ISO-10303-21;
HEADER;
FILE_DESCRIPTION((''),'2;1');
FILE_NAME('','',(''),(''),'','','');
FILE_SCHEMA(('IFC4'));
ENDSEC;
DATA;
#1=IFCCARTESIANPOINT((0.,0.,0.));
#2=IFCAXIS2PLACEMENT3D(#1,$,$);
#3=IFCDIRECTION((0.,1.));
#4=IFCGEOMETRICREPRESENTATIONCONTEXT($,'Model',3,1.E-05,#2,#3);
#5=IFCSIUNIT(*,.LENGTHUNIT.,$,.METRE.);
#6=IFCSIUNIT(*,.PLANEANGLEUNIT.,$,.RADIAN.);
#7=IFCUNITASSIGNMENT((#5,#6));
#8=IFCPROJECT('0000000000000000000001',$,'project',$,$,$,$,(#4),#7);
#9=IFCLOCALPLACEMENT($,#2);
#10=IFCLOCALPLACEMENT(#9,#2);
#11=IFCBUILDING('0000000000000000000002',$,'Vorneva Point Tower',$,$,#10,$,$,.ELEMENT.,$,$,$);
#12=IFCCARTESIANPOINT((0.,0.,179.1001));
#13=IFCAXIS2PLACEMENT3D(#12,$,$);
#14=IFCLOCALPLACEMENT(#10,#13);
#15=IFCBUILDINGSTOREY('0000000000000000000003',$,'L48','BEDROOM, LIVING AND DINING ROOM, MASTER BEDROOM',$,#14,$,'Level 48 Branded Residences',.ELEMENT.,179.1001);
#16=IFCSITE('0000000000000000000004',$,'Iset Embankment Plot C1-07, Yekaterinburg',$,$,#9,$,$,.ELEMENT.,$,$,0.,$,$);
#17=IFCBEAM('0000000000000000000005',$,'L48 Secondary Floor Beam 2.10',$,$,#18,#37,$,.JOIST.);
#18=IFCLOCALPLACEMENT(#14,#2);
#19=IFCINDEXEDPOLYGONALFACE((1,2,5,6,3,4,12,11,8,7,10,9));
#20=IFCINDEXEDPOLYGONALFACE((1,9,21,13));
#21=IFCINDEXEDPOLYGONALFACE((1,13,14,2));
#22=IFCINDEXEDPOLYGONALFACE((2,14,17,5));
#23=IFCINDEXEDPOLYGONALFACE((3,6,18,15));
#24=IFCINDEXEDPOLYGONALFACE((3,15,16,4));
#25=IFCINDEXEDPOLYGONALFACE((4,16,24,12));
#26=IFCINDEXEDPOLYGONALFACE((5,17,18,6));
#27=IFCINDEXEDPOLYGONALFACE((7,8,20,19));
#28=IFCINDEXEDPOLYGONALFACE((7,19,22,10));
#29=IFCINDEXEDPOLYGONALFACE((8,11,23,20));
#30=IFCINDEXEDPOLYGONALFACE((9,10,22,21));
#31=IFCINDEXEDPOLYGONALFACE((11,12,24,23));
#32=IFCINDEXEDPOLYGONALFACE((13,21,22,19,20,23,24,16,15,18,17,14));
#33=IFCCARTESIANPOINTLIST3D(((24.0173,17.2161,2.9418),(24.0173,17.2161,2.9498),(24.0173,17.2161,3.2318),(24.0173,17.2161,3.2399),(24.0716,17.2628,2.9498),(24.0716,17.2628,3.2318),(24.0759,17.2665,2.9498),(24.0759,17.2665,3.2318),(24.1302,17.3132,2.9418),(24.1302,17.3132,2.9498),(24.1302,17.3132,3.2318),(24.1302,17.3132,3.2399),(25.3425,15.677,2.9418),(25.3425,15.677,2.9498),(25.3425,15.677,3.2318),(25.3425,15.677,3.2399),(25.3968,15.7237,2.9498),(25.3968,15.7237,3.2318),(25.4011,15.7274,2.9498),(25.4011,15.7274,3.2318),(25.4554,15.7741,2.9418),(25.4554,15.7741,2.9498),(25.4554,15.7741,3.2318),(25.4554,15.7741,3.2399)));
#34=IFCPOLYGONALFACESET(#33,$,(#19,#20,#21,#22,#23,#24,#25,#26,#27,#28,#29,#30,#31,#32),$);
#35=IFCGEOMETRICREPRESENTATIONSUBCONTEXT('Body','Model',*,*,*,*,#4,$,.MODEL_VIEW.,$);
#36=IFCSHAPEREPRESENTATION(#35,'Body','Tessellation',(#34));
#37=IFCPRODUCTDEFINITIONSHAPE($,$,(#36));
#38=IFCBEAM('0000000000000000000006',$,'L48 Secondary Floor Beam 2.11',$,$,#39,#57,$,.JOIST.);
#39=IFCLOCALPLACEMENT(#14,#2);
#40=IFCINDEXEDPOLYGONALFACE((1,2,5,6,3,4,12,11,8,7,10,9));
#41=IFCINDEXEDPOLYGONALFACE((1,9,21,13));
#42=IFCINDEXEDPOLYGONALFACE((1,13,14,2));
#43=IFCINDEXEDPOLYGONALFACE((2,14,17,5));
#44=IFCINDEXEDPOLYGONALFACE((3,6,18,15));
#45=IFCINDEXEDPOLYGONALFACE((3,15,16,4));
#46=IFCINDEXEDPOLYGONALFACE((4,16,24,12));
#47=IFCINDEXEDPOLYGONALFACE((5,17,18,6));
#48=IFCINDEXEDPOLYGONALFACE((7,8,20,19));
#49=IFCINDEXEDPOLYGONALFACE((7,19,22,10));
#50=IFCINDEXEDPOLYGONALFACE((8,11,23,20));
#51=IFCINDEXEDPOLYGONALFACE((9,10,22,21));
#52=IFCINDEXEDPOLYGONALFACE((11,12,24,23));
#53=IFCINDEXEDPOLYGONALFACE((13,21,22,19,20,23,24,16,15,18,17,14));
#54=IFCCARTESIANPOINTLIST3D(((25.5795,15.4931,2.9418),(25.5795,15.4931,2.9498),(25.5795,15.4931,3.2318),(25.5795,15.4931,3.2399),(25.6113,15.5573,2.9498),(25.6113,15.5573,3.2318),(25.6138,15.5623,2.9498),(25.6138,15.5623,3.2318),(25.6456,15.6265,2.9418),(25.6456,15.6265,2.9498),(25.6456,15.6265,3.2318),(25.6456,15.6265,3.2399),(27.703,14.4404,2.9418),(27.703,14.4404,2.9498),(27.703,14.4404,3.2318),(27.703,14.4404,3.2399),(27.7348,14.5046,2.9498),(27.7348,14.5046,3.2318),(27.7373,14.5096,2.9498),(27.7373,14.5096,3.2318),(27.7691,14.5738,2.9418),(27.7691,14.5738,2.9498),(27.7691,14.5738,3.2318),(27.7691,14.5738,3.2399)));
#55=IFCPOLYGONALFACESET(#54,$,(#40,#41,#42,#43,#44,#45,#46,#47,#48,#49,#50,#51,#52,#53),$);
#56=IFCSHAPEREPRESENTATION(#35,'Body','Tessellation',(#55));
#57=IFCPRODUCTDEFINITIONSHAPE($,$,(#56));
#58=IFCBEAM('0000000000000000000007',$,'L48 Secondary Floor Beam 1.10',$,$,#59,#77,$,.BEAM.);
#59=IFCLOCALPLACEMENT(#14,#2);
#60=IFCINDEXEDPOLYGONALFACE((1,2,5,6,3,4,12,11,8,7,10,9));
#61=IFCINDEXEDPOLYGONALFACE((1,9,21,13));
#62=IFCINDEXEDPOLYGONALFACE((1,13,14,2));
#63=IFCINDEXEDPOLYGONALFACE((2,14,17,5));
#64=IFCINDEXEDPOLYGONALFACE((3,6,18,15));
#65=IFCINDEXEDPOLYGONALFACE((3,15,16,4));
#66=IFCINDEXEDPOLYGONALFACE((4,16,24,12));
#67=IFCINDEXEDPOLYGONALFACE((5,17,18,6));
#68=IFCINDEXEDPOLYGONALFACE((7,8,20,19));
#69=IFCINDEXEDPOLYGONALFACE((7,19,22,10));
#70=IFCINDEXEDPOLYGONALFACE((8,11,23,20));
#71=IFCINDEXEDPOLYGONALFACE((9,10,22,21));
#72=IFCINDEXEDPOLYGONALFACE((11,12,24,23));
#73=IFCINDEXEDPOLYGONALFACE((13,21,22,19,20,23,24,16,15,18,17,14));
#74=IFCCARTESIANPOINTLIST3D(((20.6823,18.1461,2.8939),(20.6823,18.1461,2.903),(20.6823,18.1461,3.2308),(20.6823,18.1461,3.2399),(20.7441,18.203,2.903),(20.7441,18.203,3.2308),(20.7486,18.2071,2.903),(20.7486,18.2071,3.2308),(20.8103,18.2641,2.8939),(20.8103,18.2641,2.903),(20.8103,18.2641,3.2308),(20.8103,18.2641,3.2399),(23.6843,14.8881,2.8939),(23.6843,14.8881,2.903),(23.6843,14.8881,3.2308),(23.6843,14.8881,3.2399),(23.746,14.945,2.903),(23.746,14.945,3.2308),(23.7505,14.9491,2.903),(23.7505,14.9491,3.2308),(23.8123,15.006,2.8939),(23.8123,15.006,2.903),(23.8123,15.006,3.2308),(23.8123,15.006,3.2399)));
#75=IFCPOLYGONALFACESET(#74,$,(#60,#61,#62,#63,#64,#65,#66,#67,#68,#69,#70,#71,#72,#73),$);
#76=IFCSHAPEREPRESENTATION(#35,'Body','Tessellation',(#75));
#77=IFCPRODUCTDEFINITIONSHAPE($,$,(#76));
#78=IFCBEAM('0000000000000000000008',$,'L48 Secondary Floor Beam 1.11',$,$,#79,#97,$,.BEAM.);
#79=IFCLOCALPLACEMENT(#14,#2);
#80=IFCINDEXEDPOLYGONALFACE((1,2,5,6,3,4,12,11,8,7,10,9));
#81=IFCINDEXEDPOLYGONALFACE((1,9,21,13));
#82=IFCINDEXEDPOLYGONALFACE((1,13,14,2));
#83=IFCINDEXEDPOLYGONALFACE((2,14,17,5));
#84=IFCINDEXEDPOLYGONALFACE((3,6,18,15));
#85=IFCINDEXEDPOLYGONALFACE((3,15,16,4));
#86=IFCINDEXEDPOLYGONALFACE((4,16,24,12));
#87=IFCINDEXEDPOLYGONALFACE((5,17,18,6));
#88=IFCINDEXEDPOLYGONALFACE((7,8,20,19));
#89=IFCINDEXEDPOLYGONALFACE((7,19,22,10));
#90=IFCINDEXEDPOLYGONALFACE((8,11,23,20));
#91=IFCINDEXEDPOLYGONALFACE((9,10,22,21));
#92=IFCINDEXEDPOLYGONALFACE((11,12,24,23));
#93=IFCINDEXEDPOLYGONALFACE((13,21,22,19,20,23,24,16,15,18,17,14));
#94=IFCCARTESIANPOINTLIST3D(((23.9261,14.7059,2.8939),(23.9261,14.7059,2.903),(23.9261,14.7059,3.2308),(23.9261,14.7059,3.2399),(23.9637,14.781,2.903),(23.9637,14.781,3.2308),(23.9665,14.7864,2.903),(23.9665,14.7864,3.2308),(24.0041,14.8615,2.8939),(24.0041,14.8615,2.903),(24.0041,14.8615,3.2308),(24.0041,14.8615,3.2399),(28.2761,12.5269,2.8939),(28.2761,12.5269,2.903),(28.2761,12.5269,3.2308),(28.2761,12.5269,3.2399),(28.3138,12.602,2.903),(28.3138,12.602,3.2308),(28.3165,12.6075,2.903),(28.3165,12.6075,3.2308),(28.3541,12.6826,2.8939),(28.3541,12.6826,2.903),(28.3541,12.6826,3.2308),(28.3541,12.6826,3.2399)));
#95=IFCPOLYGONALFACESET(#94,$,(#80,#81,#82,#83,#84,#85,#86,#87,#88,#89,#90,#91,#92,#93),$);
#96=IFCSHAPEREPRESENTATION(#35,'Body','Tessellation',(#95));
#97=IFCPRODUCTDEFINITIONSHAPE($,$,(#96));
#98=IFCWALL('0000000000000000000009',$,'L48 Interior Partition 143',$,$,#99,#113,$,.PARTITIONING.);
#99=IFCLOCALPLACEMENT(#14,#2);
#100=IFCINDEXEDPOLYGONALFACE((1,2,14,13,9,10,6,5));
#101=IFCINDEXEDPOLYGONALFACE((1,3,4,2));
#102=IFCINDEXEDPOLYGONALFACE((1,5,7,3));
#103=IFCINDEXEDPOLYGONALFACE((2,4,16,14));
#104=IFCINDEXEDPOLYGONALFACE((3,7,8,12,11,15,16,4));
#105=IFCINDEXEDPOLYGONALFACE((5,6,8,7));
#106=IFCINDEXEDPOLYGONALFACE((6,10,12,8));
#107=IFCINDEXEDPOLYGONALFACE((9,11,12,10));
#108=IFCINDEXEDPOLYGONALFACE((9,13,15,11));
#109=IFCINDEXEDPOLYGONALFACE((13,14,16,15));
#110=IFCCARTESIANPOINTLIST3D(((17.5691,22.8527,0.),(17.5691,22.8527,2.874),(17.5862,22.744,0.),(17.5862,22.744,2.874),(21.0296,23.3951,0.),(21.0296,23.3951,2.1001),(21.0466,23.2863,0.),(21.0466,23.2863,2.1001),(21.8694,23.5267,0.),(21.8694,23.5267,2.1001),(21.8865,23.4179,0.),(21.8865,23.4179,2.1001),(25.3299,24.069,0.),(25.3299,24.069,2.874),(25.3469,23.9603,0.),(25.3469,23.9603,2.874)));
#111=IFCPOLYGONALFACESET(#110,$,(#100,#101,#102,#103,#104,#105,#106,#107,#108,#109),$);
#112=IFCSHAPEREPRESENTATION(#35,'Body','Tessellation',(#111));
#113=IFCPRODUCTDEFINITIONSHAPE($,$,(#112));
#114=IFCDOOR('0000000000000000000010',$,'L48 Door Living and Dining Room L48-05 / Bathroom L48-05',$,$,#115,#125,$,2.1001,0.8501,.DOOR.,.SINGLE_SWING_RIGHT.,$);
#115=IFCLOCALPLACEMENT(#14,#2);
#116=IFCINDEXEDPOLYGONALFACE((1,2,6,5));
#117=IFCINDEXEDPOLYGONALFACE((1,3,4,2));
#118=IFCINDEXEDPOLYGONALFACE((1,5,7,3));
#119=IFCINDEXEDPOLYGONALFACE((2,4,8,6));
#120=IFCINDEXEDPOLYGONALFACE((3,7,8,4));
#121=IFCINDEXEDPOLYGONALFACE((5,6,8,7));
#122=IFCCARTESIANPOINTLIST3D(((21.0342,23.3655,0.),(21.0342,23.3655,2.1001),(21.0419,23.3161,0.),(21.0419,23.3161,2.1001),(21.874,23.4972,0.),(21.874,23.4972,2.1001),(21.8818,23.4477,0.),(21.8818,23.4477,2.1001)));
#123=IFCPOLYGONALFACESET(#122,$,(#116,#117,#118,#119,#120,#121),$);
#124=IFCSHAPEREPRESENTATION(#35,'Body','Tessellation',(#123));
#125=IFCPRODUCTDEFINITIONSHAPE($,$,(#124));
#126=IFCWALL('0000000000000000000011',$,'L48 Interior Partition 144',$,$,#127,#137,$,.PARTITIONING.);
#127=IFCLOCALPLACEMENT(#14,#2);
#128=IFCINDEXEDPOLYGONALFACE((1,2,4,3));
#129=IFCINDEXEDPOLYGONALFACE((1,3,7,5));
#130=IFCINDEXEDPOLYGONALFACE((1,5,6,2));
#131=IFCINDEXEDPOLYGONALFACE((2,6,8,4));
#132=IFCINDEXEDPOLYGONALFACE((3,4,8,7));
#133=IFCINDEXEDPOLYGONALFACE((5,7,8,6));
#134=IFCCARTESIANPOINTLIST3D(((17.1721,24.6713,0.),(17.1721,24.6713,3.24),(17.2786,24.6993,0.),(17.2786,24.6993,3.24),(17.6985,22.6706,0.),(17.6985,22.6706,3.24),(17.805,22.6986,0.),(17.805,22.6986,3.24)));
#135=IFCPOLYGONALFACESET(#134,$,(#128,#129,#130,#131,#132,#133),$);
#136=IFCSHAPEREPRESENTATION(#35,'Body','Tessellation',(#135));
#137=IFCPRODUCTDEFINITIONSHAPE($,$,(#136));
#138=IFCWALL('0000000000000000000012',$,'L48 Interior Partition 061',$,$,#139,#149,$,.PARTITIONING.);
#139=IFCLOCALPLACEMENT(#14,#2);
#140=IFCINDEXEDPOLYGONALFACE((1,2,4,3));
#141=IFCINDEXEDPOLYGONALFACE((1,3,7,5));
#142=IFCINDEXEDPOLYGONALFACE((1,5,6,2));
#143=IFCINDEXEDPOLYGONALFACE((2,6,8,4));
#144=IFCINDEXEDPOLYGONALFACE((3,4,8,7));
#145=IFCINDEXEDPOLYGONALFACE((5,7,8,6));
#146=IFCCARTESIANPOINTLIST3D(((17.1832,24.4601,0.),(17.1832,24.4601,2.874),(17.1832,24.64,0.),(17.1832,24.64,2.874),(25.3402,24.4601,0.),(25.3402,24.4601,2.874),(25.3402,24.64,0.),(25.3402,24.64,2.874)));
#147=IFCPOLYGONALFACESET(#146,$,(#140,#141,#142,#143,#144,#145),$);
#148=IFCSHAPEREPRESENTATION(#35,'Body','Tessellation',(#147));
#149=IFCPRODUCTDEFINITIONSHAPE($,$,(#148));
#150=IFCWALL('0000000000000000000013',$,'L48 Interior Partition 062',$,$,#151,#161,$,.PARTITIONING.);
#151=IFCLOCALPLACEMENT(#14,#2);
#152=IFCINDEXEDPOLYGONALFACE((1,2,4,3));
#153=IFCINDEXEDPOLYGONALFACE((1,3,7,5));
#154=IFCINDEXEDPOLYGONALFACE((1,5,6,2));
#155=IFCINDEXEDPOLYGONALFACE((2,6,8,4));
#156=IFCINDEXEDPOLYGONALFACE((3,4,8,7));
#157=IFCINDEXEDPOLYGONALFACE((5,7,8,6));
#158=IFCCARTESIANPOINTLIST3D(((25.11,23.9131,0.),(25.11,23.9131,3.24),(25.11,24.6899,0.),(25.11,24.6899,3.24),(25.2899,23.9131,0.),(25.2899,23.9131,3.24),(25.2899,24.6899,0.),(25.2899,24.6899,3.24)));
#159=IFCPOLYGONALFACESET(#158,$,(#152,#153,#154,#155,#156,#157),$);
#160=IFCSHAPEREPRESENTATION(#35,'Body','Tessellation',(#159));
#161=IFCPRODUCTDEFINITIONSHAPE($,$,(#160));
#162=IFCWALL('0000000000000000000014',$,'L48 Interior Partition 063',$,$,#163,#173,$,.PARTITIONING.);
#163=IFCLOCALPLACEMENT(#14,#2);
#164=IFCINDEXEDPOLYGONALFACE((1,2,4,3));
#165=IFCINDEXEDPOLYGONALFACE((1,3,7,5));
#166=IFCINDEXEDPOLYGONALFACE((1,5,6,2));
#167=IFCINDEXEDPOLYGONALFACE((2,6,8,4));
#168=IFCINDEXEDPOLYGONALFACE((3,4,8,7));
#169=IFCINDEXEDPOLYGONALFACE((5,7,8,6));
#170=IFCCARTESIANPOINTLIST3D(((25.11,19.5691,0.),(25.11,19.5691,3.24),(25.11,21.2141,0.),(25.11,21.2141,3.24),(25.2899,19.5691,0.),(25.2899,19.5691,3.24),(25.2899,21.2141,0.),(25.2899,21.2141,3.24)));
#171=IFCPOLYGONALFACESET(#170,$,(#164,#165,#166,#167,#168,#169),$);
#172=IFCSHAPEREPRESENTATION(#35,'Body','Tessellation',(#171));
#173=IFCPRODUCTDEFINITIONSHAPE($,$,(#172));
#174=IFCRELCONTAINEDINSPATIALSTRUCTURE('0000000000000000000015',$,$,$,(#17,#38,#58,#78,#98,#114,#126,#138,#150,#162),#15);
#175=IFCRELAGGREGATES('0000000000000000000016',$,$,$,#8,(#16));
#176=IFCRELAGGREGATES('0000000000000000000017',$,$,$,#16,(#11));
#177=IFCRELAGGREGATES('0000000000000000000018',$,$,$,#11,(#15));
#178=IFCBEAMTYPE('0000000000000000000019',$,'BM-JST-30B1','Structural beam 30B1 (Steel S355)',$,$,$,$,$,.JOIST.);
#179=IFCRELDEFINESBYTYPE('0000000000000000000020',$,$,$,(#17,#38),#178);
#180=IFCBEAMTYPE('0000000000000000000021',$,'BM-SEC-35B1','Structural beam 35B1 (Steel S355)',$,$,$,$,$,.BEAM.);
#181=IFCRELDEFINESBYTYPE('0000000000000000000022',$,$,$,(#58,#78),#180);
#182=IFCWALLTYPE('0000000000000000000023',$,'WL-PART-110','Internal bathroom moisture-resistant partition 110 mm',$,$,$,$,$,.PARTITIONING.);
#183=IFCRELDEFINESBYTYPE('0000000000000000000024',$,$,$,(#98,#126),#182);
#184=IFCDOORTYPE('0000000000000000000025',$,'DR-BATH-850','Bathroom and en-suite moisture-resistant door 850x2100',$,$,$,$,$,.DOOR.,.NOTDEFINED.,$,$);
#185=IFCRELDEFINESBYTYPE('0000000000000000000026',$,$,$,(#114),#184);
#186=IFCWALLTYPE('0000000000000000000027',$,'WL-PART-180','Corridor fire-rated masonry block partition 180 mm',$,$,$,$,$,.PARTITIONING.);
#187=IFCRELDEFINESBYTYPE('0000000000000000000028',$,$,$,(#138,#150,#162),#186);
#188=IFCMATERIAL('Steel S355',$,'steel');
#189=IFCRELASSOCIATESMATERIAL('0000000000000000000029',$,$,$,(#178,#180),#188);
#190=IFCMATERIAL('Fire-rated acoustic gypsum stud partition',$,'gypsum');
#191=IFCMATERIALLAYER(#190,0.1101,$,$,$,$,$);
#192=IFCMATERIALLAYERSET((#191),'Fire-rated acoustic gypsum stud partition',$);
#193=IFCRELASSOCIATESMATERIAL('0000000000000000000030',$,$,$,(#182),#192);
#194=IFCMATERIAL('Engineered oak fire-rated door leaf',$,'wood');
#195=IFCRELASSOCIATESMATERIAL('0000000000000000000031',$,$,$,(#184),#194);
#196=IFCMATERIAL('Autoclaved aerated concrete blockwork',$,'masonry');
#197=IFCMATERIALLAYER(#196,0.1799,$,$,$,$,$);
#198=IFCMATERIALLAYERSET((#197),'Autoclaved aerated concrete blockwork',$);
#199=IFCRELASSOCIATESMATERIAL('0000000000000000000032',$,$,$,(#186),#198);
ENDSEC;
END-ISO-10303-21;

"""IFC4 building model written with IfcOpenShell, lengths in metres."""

from ifc_helpers import new_model, si_unit, direction, frame, frame_2d, origin, origin_2d, place, context, subcontext, project, spatial, rectangle, i_section, extrude, material, layer, layer_set, material_profile, profile_set, type_object, element, fill, save


model = new_model("IFC4")

# Units and contexts
model_context = context("Model", 3, precision=1e-05, world=origin(), true_north=direction((0.0, 1.0)))
body_context = subcontext(model_context, "Body", "Model", "MODEL_VIEW")
ifc_project = project(units=[si_unit("LENGTHUNIT", "METRE"), si_unit("PLANEANGLEUNIT", "RADIAN")], contexts=[model_context])

# Site, building, storey
site_placement = place(None, origin())
site = spatial("IfcSite", under=ifc_project, at=site_placement, Name="Iset Embankment Plot C1-07, Yekaterinburg", CompositionType="ELEMENT", RefElevation=0.0)
building_placement = place(site_placement, origin())
building = spatial("IfcBuilding", under=site, at=building_placement, Name="Vorneva Point Tower", CompositionType="ELEMENT")
storey_placement = place(building_placement, frame((0.0, 0.0, 179.1001)))
storey = spatial("IfcBuildingStorey", under=building, at=storey_placement, Name="L48", Description="BEDROOM, LIVING AND DINING ROOM, MASTER BEDROOM", LongName="Level 48 Branded Residences", CompositionType="ELEMENT", Elevation=179.1001)

# Beams
ifc_material_1 = material(Name="Steel S355", Category="steel")
ifc_material_profile_1 = material_profile(ifc_material_1, i_section(OverallWidth=0.1489, OverallDepth=0.2981, WebThickness=0.0056, FlangeThickness=0.0081, at=origin_2d()), Name="30B1")
ifc_profile_set_1 = profile_set([ifc_material_profile_1], Name="Steel S355")
beam_type_1 = type_object("IfcBeamType", Name="BM-JST-30B1", Description="Structural beam 30B1 (Steel S355)", PredefinedType="JOIST", material=ifc_profile_set_1)
beam_1_placement = place(storey_placement, frame((24.0737, 17.2646, 3.0908), z_axis=(0.652492, -0.757795, 0.0), x_axis=(0.757795, 0.652492, 0.0)))
element("IfcBeam", 1, at=beam_1_placement, inside=storey, type_object=beam_type_1, Name="L48 Secondary Floor Beam 2.10", PredefinedType="JOIST", context=body_context, shape_type="SweptSolid", body=[
    extrude(i_section(OverallWidth=0.1489, OverallDepth=0.2981, WebThickness=0.0056, FlangeThickness=0.0081, at=origin_2d()), origin(), (0.0, 0.0, 1.0), 2.031),
])
beam_2_placement = place(storey_placement, frame((25.6125, 15.5598, 3.0908), z_axis=(0.895946, -0.444162, 0.0), x_axis=(0.444162, 0.895946, 0.0)))
element("IfcBeam", 2, at=beam_2_placement, inside=storey, type_object=beam_type_1, Name="L48 Secondary Floor Beam 2.11", PredefinedType="JOIST", context=body_context, shape_type="SweptSolid", body=[
    extrude(i_section(OverallWidth=0.1489, OverallDepth=0.2981, WebThickness=0.0056, FlangeThickness=0.0081, at=origin_2d()), origin(), (0.0, 0.0, 1.0), 2.3701),
])
ifc_material_profile_2 = material_profile(ifc_material_1, i_section(OverallWidth=0.1741, OverallDepth=0.3459, WebThickness=0.0061, FlangeThickness=0.009, at=origin_2d()), Name="35B1")
ifc_profile_set_2 = profile_set([ifc_material_profile_2], Name="Steel S355")
beam_type_2 = type_object("IfcBeamType", Name="BM-SEC-35B1", Description="Structural beam 35B1 (Steel S355)", PredefinedType="BEAM", material=ifc_profile_set_2)
beam_3_placement = place(storey_placement, frame((20.7463, 18.2051, 3.0669), z_axis=(0.677611, -0.73542, 0.0), x_axis=(0.73542, 0.677611, 0.0)))
element("IfcBeam", 3, at=beam_3_placement, inside=storey, type_object=beam_type_2, Name="L48 Secondary Floor Beam 1.10", PredefinedType="BEAM", context=body_context, shape_type="SweptSolid", body=[
    extrude(i_section(OverallWidth=0.1741, OverallDepth=0.3459, WebThickness=0.0061, FlangeThickness=0.009, at=origin_2d()), origin(), (0.0, 0.0, 1.0), 4.4302),
])
beam_4_placement = place(storey_placement, frame((23.9651, 14.7837, 3.0669), z_axis=(0.894106, -0.447856, 0.0), x_axis=(0.447856, 0.894106, 0.0)))
element("IfcBeam", 4, at=beam_4_placement, inside=storey, type_object=beam_type_2, Name="L48 Secondary Floor Beam 1.11", PredefinedType="BEAM", context=body_context, shape_type="SweptSolid", body=[
    extrude(i_section(OverallWidth=0.1741, OverallDepth=0.3459, WebThickness=0.0061, FlangeThickness=0.009, at=origin_2d()), origin(), (0.0, 0.0, 1.0), 4.8652),
])

# Wall, opening, door
ifc_material_2 = material(Name="Fire-rated acoustic gypsum stud partition", Category="gypsum")
ifc_layer_1 = layer(ifc_material_2, 0.1101)
ifc_layer_set_1 = layer_set([ifc_layer_1], Name="Fire-rated acoustic gypsum stud partition")
wall_type_1 = type_object("IfcWallType", Name="WL-PART-110", Description="Internal bathroom moisture-resistant partition 110 mm", PredefinedType="PARTITIONING", material=ifc_layer_set_1)
wall_1_placement = place(storey_placement, frame((25.3384, 24.0146, 0.0), z_axis=(0.0, 0.0, 1.0), x_axis=(-0.98794, -0.154836, 0.0)))
wall_1 = element("IfcWall", 5, at=wall_1_placement, inside=storey, type_object=wall_type_1, Name="L48 Interior Partition 143", PredefinedType="PARTITIONING", context=body_context, shape_type="SweptSolid", body=[
    extrude(rectangle(XDim=7.8555, YDim=0.1101, at=frame_2d((3.9277, 0.0))), origin(), (0.0, 0.0, 1.0), 2.874),
])
opening_1_placement = place(wall_1_placement, frame((3.5027, 0.0, 0.0)))
opening_1 = element("IfcOpeningElement", 6, at=opening_1_placement, cuts=wall_1, PredefinedType="OPENING", context=body_context, shape_type="SweptSolid", body=[
    extrude(rectangle(XDim=0.8501, YDim=2.1001, at=frame_2d((0.425, 1.05))), frame((0.0, 0.0698, 0.0), z_axis=(0.0, -1.0, 0.0), x_axis=(1.0, 0.0, 0.0)), (0.0, 0.0, 1.0), 0.1399),
])
ifc_material_3 = material(Name="Engineered oak fire-rated door leaf", Category="wood")
door_type_1 = type_object("IfcDoorType", Name="DR-BATH-850", Description="Bathroom and en-suite moisture-resistant door 850x2100", OperationType="NOTDEFINED", PredefinedType="DOOR", material=ifc_material_3)
door_1_placement = place(opening_1_placement, origin())
door_1 = element("IfcDoor", 7, at=door_1_placement, inside=storey, type_object=door_type_1, Name="L48 Door Living and Dining Room L48-05 / Bathroom L48-05", OperationType="SINGLE_SWING_RIGHT", OverallHeight=2.1001, OverallWidth=0.8501, PredefinedType="DOOR", context=body_context, shape_type="SweptSolid", body=[
    extrude(rectangle(XDim=0.8501, YDim=2.1001, at=frame_2d((0.425, 1.05))), frame((0.0, 0.0249, 0.0), z_axis=(0.0, -1.0, 0.0), x_axis=(1.0, 0.0, 0.0)), (0.0, 0.0, 1.0), 0.05),
])
fill(opening_1, door_1)

# Wall
wall_2_placement = place(storey_placement, frame((17.7517, 22.6846, 0.0), z_axis=(0.0, 0.0, 1.0), x_axis=(-0.254429, 0.967091, 0.0)))
element("IfcWall", 8, at=wall_2_placement, inside=storey, type_object=wall_type_1, Name="L48 Interior Partition 144", PredefinedType="PARTITIONING", context=body_context, shape_type="SweptSolid", body=[
    extrude(rectangle(XDim=2.0688, YDim=0.1101, at=frame_2d((1.0344, 0.0))), origin(), (0.0, 0.0, 1.0), 3.24),
])

# Shared definitions
ifc_material_4 = material(Name="Autoclaved aerated concrete blockwork", Category="masonry")
ifc_layer_2 = layer(ifc_material_4, 0.1799)
ifc_layer_set_2 = layer_set([ifc_layer_2], Name="Autoclaved aerated concrete blockwork")
wall_type_2 = type_object("IfcWallType", Name="WL-PART-180", Description="Corridor fire-rated masonry block partition 180 mm", PredefinedType="PARTITIONING", material=ifc_layer_set_2)

# Walls
wall_3_placement = place(storey_placement, frame((17.1831, 24.55, 0.0), z_axis=(0.0, 0.0, 1.0), x_axis=(1.0, 0.0, 0.0)))
element("IfcWall", 9, at=wall_3_placement, inside=storey, type_object=wall_type_2, Name="L48 Interior Partition 061", PredefinedType="PARTITIONING", context=body_context, shape_type="SweptSolid", body=[
    extrude(rectangle(XDim=8.157, YDim=0.1799, at=frame_2d((4.0786, 0.0))), origin(), (0.0, 0.0, 1.0), 2.874),
])
wall_4_placement = place(storey_placement, frame((25.2, 24.6899, 0.0), z_axis=(0.0, 0.0, 1.0), x_axis=(0.0, -1.0, 0.0)))
element("IfcWall", 10, at=wall_4_placement, inside=storey, type_object=wall_type_2, Name="L48 Interior Partition 062", PredefinedType="PARTITIONING", context=body_context, shape_type="SweptSolid", body=[
    extrude(rectangle(XDim=0.7769, YDim=0.1799, at=frame_2d((0.3884, 0.0))), origin(), (0.0, 0.0, 1.0), 3.24),
])
wall_5_placement = place(storey_placement, frame((25.2, 21.2141, 0.0), z_axis=(0.0, 0.0, 1.0), x_axis=(0.0, -1.0, 0.0)))
element("IfcWall", 11, at=wall_5_placement, inside=storey, type_object=wall_type_2, Name="L48 Interior Partition 063", PredefinedType="PARTITIONING", context=body_context, shape_type="SweptSolid", body=[
    extrude(rectangle(XDim=1.645, YDim=0.1799, at=frame_2d((0.8225, 0.0))), origin(), (0.0, 0.0, 1.0), 3.24),
])

save(model, "model.ifc")
